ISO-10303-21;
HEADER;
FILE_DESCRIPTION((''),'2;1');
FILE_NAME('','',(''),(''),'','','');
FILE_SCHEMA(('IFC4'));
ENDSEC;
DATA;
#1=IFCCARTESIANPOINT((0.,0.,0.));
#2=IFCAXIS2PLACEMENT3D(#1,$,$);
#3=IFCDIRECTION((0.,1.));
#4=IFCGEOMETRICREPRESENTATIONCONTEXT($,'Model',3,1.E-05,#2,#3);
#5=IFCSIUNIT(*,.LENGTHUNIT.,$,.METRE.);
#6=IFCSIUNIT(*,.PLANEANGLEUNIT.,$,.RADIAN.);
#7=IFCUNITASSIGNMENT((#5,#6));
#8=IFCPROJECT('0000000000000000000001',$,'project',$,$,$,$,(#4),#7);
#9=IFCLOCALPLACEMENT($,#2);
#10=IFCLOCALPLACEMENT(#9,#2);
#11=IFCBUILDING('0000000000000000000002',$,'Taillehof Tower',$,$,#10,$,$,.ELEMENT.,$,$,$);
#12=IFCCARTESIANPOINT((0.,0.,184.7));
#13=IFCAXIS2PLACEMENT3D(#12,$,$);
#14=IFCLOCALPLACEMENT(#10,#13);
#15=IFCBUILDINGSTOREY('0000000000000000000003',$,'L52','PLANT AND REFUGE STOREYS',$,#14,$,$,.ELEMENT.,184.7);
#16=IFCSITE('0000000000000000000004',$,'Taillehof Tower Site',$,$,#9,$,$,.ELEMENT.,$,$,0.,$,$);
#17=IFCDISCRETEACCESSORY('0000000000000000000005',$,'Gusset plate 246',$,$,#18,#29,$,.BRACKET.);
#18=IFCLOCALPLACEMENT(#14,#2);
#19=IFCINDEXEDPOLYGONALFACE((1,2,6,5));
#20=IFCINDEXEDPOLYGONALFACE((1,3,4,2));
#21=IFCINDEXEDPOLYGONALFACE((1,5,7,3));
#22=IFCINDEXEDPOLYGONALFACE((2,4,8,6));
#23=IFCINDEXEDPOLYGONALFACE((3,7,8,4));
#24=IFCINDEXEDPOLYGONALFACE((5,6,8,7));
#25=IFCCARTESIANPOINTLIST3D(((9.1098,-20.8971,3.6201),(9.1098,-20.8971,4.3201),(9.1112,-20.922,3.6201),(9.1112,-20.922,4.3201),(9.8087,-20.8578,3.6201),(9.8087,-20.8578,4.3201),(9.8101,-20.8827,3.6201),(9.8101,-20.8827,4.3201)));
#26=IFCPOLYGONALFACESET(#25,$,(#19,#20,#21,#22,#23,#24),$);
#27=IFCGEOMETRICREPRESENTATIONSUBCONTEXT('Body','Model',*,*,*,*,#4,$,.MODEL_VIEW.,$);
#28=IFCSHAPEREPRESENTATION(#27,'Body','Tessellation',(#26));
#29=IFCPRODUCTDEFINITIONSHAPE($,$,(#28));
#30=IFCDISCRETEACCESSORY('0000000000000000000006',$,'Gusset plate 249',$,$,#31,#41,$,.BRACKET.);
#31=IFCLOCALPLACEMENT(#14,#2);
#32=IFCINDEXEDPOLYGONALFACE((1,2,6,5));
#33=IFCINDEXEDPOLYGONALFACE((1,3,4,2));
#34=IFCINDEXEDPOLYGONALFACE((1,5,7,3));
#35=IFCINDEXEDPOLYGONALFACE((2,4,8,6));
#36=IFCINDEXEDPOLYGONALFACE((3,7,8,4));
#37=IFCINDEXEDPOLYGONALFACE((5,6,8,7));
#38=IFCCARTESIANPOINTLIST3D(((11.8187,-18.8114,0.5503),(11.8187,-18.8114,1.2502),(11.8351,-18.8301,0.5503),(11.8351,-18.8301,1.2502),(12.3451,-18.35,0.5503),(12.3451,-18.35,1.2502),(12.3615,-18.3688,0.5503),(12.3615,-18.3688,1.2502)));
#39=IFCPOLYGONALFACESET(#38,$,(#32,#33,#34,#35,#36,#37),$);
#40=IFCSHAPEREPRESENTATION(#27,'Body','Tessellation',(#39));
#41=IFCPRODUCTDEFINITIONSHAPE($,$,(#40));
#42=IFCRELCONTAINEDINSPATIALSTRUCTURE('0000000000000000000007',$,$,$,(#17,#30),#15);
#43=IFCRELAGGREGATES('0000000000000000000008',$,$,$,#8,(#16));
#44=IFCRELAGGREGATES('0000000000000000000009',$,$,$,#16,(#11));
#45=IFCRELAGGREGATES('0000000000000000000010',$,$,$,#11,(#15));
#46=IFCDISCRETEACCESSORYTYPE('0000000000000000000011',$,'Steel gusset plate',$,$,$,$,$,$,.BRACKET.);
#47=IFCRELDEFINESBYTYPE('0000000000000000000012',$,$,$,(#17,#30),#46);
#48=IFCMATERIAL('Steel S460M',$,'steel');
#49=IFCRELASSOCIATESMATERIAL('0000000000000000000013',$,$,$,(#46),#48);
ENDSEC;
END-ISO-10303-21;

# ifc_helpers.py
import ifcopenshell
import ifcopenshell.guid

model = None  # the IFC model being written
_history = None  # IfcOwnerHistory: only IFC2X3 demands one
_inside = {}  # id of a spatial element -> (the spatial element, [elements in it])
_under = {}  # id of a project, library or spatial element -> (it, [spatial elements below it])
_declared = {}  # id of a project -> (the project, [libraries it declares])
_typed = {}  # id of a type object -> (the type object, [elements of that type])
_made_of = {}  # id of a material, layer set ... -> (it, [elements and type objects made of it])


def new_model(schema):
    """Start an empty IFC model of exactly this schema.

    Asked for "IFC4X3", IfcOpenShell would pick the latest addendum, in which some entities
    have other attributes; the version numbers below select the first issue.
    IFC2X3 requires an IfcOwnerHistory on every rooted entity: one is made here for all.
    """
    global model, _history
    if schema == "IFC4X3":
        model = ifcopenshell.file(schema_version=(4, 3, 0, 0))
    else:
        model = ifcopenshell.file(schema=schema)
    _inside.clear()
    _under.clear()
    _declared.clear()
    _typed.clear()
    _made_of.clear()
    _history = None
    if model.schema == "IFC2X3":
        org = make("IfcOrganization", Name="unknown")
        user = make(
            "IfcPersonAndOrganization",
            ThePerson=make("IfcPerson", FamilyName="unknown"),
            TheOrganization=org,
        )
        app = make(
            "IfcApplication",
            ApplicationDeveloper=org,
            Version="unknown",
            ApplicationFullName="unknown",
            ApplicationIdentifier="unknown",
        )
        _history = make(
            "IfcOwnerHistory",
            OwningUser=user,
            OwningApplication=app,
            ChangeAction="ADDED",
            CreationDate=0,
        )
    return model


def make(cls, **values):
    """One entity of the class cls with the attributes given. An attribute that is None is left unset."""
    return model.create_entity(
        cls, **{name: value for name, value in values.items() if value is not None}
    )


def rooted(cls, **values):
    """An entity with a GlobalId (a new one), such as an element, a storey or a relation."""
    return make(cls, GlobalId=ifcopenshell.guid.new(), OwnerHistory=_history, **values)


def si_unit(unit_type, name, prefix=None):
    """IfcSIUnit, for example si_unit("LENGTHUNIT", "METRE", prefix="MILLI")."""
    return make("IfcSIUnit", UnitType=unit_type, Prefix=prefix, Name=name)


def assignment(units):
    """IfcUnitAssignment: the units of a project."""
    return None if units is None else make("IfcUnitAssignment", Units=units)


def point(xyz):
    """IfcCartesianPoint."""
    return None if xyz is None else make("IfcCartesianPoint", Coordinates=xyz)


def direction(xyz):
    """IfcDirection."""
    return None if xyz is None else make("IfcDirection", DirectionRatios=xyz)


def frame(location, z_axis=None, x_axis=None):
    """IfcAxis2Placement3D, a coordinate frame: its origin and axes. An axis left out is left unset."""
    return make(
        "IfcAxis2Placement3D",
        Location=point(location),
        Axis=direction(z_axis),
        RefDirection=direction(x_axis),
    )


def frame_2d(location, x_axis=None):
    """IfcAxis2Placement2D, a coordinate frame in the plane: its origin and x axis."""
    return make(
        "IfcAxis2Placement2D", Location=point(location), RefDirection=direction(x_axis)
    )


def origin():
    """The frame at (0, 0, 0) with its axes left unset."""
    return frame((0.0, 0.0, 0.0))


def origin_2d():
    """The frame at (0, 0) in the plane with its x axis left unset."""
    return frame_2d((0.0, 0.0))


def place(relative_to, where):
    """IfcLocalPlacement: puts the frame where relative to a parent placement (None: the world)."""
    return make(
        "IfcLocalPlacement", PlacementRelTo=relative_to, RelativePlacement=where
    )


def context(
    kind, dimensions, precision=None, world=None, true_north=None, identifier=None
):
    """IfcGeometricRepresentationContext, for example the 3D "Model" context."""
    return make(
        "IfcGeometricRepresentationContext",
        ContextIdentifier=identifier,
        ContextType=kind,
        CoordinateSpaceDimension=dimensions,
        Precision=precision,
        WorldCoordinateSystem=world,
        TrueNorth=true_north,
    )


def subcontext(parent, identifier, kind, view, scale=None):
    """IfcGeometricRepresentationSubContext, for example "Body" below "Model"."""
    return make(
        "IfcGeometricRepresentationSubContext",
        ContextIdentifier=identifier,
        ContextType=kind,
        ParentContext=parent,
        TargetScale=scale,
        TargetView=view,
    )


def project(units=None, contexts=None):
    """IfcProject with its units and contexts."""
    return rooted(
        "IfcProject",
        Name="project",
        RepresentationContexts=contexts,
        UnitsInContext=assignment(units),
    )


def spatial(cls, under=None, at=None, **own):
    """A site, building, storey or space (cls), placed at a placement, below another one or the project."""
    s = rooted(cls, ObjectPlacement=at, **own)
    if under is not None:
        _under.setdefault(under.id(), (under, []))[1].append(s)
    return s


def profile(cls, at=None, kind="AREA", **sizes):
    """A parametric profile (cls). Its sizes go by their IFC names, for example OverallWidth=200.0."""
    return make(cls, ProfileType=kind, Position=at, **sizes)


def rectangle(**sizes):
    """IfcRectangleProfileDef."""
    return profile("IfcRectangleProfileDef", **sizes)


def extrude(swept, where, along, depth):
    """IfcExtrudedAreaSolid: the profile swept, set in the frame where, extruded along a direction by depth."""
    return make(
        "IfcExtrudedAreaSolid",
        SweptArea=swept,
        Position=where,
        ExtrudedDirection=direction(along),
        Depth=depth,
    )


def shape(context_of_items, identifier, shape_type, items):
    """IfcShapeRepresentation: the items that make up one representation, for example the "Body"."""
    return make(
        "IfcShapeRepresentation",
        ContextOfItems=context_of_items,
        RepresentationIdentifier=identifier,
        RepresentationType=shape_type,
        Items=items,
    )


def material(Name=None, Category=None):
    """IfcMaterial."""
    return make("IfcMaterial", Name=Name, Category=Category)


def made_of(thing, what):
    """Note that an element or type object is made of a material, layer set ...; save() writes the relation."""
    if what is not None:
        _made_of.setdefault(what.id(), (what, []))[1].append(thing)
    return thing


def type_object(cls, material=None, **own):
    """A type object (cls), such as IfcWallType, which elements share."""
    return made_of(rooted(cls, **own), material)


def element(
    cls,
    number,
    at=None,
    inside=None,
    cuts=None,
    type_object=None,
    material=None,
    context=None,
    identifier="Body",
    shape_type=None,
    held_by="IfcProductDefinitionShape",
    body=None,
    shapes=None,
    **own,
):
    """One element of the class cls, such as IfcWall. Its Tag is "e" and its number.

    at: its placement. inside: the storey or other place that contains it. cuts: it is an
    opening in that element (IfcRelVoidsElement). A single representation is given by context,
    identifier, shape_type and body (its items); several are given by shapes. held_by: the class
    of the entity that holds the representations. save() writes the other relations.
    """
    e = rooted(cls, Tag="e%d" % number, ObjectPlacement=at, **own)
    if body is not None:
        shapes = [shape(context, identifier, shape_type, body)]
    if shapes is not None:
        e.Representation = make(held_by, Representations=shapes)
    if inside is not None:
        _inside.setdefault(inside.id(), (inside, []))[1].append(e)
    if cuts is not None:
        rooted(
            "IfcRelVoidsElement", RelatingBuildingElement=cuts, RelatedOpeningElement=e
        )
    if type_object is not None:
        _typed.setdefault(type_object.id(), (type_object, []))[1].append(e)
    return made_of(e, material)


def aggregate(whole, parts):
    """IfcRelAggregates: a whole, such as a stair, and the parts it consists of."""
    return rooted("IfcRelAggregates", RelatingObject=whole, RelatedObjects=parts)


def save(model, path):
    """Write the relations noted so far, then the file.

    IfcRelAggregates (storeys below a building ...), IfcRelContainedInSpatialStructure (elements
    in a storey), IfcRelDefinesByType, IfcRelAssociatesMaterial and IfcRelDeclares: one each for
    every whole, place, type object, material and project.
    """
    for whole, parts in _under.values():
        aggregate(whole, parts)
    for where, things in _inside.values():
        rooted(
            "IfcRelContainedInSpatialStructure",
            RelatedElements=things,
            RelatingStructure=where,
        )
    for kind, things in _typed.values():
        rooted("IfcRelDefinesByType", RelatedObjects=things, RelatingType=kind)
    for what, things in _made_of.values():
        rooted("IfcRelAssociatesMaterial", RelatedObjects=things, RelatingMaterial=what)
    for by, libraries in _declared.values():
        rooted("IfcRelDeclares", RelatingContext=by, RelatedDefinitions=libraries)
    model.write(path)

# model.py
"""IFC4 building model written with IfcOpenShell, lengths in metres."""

from ifc_helpers import new_model, si_unit, direction, frame, origin, origin_2d, place, context, subcontext, project, spatial, rectangle, extrude, material, type_object, element, save


model = new_model("IFC4")

# Units and contexts
model_context = context("Model", 3, precision=1e-05, world=origin(), true_north=direction((0.0, 1.0)))
body_context = subcontext(model_context, "Body", "Model", "MODEL_VIEW")
ifc_project = project(units=[si_unit("LENGTHUNIT", "METRE"), si_unit("PLANEANGLEUNIT", "RADIAN")], contexts=[model_context])

# Site, building, storey
site_placement = place(None, origin())
site = spatial("IfcSite", under=ifc_project, at=site_placement, Name="Taillehof Tower Site", CompositionType="ELEMENT", RefElevation=0.0)
building_placement = place(site_placement, origin())
building = spatial("IfcBuilding", under=site, at=building_placement, Name="Taillehof Tower", CompositionType="ELEMENT")
storey_placement = place(building_placement, frame((0.0, 0.0, 184.7)))
storey = spatial("IfcBuildingStorey", under=building, at=storey_placement, Name="L52", Description="PLANT AND REFUGE STOREYS", CompositionType="ELEMENT", Elevation=184.7)

# Discrete accessories
ifc_material_1 = material(Name="Steel S460M", Category="steel")
discrete_accessory_type = type_object("IfcDiscreteAccessoryType", Name="Steel gusset plate", PredefinedType="BRACKET", material=ifc_material_1)
for number, where, z_axis, x_axis, name in (
    (1, (9.46, -20.8899, 3.6201), (0.0, 0.0, 1.0), (0.998421, 0.056168, 0.0), "Gusset plate 246"),
    (2, (12.0901, -18.5901, 0.5503), (0.0, 0.0, 1.0), (0.752014, 0.659148, 0.0), "Gusset plate 249"),
):
    element("IfcDiscreteAccessory", number, at=place(storey_placement, frame(where, z_axis=z_axis, x_axis=x_axis)), inside=storey, type_object=discrete_accessory_type, Name=name, PredefinedType="BRACKET", context=body_context, shape_type="SweptSolid", body=[
        extrude(rectangle(XDim=0.7, YDim=0.0249, at=origin_2d()), origin(), (0.0, 0.0, 1.0), 0.7),
    ])

save(model, "model.ifc")
